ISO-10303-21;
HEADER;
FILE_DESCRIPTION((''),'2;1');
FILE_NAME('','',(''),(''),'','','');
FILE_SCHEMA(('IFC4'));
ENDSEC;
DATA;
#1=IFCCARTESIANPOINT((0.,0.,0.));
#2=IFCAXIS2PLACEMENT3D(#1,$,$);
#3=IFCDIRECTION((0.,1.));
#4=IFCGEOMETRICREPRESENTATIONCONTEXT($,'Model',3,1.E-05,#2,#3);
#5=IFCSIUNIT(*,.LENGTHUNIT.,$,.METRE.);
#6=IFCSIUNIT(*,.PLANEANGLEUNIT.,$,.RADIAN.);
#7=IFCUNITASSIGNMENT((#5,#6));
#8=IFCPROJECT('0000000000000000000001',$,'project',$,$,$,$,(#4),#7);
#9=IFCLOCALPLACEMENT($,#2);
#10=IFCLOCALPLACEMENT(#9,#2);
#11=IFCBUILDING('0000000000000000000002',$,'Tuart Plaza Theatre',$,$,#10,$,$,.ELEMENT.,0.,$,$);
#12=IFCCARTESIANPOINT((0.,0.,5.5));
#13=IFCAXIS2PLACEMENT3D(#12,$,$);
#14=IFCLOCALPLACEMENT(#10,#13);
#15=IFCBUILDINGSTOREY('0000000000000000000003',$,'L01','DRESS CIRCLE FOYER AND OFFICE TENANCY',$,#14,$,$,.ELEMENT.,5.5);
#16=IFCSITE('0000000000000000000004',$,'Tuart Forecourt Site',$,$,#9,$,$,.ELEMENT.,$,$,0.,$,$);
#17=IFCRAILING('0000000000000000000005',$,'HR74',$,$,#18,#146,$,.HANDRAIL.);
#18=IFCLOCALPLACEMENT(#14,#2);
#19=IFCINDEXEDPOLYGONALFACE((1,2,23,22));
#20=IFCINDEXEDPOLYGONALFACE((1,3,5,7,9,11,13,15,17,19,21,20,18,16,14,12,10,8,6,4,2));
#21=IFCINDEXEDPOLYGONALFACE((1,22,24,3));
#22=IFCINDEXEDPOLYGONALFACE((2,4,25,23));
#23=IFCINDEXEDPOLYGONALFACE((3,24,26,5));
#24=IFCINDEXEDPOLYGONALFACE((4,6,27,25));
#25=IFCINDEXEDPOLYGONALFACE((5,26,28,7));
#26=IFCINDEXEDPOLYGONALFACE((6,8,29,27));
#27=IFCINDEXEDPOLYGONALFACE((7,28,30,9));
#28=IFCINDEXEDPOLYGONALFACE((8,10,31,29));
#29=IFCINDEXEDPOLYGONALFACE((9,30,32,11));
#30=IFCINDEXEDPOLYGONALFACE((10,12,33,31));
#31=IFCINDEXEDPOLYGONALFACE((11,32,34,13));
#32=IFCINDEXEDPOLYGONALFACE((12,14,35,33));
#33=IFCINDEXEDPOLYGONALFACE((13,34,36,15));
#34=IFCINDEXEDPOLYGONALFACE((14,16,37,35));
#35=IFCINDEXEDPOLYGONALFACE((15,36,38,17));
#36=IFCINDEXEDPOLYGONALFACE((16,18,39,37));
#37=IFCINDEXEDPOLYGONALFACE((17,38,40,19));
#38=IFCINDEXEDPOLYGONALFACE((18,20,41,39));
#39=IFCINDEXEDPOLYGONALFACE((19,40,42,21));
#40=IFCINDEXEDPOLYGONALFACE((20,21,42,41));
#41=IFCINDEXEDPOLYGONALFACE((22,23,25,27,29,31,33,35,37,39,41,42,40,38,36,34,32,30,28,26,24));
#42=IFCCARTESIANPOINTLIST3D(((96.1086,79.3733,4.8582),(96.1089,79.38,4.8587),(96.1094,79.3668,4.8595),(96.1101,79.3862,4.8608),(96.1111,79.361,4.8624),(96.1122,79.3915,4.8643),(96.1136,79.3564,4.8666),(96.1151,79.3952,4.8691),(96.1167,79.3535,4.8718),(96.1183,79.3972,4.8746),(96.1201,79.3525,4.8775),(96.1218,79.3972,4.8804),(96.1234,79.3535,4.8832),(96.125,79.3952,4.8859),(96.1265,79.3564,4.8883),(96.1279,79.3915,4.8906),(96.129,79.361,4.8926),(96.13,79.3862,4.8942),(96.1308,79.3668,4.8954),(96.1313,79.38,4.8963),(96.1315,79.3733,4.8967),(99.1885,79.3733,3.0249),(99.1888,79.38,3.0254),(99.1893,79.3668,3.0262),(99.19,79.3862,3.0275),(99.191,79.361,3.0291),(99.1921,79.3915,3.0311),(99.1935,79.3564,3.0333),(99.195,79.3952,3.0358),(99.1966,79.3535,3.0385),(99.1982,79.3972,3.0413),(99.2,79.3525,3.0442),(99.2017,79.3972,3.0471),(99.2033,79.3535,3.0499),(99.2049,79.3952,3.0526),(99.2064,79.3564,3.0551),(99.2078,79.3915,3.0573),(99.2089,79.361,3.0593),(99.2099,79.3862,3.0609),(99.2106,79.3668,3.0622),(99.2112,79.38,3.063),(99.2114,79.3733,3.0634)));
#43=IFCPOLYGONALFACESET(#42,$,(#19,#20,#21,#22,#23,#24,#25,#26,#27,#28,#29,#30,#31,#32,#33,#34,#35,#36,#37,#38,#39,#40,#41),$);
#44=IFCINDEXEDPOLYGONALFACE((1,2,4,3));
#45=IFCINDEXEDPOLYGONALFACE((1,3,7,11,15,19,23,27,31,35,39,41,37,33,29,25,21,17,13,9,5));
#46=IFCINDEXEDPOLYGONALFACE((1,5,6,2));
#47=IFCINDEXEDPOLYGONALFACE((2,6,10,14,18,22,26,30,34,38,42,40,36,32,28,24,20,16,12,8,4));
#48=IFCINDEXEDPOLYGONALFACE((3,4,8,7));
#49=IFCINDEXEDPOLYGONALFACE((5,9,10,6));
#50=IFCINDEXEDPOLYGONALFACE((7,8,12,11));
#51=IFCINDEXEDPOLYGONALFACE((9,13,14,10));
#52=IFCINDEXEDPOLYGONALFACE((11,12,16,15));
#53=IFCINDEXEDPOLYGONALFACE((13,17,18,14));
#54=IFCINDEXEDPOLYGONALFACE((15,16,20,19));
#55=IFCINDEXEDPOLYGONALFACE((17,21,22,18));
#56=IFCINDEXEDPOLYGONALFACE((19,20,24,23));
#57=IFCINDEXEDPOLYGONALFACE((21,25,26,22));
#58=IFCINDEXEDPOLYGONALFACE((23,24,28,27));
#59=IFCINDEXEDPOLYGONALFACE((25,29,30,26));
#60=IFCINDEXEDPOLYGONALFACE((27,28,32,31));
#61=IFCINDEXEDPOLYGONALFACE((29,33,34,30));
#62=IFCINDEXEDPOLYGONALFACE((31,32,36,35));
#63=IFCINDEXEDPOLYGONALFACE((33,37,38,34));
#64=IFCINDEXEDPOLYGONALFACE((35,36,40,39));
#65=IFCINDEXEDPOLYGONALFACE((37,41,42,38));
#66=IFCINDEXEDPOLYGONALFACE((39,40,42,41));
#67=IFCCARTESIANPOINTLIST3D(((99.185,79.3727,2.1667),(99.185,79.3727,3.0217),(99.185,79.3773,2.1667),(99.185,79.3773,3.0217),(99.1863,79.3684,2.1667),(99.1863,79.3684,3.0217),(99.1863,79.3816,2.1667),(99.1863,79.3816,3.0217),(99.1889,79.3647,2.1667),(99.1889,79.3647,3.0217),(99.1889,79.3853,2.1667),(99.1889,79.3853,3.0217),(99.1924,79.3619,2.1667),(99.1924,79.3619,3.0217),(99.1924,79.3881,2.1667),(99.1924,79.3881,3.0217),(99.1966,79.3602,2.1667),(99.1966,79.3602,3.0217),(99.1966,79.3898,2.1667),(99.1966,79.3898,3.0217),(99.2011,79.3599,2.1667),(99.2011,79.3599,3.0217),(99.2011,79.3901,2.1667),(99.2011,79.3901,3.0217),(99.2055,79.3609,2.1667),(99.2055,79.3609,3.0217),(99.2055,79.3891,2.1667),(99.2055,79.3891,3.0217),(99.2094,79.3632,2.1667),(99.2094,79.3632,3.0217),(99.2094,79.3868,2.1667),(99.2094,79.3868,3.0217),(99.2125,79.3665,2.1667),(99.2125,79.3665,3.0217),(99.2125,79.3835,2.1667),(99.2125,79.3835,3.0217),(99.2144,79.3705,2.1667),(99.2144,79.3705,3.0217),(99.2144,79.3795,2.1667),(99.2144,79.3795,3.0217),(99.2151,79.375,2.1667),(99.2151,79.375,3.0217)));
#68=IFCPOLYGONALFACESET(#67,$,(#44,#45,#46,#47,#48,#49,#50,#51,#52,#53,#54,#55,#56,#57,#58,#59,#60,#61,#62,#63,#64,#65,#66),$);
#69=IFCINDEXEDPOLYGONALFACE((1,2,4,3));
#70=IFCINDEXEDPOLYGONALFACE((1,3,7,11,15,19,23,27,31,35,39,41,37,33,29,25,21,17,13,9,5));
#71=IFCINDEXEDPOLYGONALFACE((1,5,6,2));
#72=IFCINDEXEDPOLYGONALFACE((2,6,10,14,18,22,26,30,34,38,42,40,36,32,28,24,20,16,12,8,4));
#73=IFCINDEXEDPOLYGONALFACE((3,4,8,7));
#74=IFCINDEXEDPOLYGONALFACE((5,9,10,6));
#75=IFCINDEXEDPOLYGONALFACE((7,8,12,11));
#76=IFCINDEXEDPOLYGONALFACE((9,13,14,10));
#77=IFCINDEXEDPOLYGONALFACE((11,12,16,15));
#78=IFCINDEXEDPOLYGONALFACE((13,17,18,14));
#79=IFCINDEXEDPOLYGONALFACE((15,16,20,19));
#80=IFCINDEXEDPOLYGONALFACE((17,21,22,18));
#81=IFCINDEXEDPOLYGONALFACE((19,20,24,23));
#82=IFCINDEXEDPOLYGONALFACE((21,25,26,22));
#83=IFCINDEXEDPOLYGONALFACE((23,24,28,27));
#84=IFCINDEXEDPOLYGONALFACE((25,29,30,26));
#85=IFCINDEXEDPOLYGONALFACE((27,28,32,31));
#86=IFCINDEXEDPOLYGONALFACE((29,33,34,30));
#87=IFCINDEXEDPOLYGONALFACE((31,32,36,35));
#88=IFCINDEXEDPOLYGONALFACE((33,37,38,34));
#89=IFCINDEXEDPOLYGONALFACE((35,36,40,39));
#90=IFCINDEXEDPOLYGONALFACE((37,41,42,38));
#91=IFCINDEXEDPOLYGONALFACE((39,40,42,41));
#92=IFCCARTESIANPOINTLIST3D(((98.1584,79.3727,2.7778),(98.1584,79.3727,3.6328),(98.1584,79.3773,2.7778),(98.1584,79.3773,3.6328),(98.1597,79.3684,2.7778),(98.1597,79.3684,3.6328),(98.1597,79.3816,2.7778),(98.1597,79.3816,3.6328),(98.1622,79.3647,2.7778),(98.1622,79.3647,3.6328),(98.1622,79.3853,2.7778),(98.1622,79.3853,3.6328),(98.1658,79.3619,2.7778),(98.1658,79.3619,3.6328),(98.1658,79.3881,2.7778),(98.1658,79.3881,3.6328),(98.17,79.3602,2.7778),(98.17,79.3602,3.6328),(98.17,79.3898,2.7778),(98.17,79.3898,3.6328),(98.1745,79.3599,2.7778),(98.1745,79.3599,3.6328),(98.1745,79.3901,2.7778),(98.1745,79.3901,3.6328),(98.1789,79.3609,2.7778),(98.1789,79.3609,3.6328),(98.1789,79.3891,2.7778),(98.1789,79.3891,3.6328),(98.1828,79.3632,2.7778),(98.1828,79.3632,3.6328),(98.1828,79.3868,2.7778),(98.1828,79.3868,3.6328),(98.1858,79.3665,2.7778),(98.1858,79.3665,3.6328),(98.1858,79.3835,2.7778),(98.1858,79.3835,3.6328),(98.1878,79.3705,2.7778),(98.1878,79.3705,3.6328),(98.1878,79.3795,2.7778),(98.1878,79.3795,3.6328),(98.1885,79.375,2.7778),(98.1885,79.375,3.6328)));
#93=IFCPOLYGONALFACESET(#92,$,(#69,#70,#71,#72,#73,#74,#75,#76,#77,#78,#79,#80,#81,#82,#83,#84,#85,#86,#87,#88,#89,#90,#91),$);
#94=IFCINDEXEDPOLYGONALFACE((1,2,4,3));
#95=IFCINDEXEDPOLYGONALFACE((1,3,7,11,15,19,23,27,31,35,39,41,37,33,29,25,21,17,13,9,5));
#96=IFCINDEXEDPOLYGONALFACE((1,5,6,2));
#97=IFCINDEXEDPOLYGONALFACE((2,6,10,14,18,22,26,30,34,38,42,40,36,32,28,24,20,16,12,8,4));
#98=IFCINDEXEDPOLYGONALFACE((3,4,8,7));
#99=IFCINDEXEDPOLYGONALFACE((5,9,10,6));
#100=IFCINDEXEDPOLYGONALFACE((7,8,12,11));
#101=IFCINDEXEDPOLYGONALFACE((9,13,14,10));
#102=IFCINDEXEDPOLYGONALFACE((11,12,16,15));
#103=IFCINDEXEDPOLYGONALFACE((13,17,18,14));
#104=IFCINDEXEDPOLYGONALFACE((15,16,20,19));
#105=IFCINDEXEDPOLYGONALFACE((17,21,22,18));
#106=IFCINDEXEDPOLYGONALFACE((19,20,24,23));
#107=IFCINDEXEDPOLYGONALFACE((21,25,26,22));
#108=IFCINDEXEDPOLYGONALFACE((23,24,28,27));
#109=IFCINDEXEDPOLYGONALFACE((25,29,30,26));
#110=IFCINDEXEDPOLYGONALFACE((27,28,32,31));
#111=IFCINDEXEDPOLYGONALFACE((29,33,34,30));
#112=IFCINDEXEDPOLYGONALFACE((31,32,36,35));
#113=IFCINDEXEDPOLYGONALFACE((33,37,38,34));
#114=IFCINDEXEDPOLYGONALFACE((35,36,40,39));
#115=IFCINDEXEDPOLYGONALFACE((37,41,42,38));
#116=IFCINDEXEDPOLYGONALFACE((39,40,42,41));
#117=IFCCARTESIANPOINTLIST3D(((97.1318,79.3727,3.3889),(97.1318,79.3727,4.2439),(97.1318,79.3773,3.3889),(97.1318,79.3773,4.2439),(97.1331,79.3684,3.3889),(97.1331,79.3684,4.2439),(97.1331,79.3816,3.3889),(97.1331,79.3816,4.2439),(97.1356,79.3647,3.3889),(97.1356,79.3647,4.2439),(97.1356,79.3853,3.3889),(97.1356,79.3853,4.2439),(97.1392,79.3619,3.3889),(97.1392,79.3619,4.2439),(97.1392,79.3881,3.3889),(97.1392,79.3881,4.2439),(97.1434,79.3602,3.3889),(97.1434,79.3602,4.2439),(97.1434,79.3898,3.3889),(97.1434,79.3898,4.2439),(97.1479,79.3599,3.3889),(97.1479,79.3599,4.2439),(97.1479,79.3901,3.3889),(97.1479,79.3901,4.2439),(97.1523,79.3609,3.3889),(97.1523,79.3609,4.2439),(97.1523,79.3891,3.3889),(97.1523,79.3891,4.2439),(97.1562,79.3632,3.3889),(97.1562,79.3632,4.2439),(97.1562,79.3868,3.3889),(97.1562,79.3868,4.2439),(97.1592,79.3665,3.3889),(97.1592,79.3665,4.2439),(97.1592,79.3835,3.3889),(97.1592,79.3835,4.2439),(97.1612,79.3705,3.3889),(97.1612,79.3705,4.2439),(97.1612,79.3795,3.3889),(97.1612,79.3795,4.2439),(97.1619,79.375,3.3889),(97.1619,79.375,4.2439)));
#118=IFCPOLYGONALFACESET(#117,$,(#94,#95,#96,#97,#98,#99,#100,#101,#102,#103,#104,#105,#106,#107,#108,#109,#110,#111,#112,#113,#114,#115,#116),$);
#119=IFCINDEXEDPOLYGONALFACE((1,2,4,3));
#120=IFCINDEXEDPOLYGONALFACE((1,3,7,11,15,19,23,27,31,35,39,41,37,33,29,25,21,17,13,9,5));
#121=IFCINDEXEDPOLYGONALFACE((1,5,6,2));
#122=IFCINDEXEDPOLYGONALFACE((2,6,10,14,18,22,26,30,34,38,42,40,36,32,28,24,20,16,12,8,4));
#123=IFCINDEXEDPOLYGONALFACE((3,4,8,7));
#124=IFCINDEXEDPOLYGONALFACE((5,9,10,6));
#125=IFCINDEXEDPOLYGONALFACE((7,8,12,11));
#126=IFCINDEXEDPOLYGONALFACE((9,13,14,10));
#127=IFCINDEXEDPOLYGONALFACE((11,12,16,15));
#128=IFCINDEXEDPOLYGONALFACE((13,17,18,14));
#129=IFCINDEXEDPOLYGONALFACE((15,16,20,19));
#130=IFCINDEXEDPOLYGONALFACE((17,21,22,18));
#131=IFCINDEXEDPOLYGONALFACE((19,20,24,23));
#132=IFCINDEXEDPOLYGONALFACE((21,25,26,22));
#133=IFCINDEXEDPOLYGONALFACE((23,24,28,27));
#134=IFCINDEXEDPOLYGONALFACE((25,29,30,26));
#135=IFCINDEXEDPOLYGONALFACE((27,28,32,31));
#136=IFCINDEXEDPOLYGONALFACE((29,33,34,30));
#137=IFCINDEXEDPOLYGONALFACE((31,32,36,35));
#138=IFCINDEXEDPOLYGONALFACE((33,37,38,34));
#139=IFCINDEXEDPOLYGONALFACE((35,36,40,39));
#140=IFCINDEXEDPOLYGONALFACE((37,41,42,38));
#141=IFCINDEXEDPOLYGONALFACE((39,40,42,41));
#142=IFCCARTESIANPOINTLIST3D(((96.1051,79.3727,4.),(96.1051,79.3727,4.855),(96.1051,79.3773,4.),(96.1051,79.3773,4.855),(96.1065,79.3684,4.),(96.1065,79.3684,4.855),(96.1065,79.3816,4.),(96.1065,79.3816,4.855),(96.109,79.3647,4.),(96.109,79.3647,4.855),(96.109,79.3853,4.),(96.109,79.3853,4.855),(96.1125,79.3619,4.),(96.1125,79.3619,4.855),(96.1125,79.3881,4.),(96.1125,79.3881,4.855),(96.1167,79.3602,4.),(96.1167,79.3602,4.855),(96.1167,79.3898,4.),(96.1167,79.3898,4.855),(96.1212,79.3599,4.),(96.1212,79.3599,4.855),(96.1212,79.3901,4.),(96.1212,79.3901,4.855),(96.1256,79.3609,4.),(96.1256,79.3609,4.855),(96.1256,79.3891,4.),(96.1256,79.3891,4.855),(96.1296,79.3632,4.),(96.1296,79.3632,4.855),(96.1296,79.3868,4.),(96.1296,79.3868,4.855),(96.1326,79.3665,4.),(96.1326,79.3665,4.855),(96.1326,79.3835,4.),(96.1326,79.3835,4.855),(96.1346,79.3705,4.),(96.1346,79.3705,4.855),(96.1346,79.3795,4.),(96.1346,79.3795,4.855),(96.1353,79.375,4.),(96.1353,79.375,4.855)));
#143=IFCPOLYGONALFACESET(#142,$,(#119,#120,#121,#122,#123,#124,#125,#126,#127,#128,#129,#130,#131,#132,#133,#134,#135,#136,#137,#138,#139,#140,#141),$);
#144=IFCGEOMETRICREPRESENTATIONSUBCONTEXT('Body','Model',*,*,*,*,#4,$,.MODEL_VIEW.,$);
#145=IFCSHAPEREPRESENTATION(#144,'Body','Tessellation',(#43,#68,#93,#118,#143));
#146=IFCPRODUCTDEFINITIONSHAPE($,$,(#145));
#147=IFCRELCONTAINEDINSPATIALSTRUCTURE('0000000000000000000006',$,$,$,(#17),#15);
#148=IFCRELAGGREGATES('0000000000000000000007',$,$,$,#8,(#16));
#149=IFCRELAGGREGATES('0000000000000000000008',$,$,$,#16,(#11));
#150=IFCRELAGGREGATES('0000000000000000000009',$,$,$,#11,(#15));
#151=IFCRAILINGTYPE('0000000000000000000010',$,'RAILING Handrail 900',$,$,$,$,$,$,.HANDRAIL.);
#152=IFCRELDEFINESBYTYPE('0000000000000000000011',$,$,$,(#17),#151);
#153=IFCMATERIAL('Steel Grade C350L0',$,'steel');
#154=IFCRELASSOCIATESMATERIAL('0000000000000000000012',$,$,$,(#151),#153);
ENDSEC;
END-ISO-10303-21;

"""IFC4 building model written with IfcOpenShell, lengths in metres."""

from ifc_helpers import new_model, si_unit, direction, frame, origin, origin_2d, place, context, subcontext, project, spatial, circle, extrude, material, type_object, element, save


model = new_model("IFC4")

# Units and contexts
model_context = context("Model", 3, precision=1e-05, world=origin(), true_north=direction((0.0, 1.0)))
body_context = subcontext(model_context, "Body", "Model", "MODEL_VIEW")
ifc_project = project(units=[si_unit("LENGTHUNIT", "METRE"), si_unit("PLANEANGLEUNIT", "RADIAN")], contexts=[model_context])

# Site, building, storey
site_placement = place(None, origin())
site = spatial("IfcSite", under=ifc_project, at=site_placement, Name="Tuart Forecourt Site", CompositionType="ELEMENT", RefElevation=0.0)
building_placement = place(site_placement, origin())
building = spatial("IfcBuilding", under=site, at=building_placement, Name="Tuart Plaza Theatre", CompositionType="ELEMENT", ElevationOfRefHeight=0.0)
storey_placement = place(building_placement, frame((0.0, 0.0, 5.5)))
storey = spatial("IfcBuildingStorey", under=building, at=storey_placement, Name="L01", Description="DRESS CIRCLE FOYER AND OFFICE TENANCY", CompositionType="ELEMENT", Elevation=5.5)

# Railing
ifc_material_1 = material(Name="Steel Grade C350L0", Category="steel")
railing_type_1 = type_object("IfcRailingType", Name="RAILING Handrail 900", PredefinedType="HANDRAIL", material=ifc_material_1)
for number, where, name in (
    (1, (99.2, 79.375, 2.1667), "HR74"),
):
    element("IfcRailing", number, at=place(storey_placement, frame(where)), inside=storey, type_object=railing_type_1, Name=name, PredefinedType="HANDRAIL", context=body_context, shape_type="SweptSolid", body=[
        extrude(circle(Radius=0.0225, at=origin_2d()), frame((0.0, 0.0, 0.8774), z_axis=(-0.859291, 0.0, 0.511487), x_axis=(0.0, -1.0, 0.0)), (0.0, 0.0, 1.0), 3.5842),
        extrude(circle(Radius=0.0151, at=origin_2d()), origin(), (0.0, 0.0, 1.0), 0.855),
        extrude(circle(Radius=0.0151, at=origin_2d()), frame((-1.0266, 0.0, 0.6111)), (0.0, 0.0, 1.0), 0.855),
        extrude(circle(Radius=0.0151, at=origin_2d()), frame((-2.0532, 0.0, 1.2222)), (0.0, 0.0, 1.0), 0.855),
        extrude(circle(Radius=0.0151, at=origin_2d()), frame((-3.0798, 0.0, 1.8333)), (0.0, 0.0, 1.0), 0.855),
    ])

save(model, "model.ifc")
